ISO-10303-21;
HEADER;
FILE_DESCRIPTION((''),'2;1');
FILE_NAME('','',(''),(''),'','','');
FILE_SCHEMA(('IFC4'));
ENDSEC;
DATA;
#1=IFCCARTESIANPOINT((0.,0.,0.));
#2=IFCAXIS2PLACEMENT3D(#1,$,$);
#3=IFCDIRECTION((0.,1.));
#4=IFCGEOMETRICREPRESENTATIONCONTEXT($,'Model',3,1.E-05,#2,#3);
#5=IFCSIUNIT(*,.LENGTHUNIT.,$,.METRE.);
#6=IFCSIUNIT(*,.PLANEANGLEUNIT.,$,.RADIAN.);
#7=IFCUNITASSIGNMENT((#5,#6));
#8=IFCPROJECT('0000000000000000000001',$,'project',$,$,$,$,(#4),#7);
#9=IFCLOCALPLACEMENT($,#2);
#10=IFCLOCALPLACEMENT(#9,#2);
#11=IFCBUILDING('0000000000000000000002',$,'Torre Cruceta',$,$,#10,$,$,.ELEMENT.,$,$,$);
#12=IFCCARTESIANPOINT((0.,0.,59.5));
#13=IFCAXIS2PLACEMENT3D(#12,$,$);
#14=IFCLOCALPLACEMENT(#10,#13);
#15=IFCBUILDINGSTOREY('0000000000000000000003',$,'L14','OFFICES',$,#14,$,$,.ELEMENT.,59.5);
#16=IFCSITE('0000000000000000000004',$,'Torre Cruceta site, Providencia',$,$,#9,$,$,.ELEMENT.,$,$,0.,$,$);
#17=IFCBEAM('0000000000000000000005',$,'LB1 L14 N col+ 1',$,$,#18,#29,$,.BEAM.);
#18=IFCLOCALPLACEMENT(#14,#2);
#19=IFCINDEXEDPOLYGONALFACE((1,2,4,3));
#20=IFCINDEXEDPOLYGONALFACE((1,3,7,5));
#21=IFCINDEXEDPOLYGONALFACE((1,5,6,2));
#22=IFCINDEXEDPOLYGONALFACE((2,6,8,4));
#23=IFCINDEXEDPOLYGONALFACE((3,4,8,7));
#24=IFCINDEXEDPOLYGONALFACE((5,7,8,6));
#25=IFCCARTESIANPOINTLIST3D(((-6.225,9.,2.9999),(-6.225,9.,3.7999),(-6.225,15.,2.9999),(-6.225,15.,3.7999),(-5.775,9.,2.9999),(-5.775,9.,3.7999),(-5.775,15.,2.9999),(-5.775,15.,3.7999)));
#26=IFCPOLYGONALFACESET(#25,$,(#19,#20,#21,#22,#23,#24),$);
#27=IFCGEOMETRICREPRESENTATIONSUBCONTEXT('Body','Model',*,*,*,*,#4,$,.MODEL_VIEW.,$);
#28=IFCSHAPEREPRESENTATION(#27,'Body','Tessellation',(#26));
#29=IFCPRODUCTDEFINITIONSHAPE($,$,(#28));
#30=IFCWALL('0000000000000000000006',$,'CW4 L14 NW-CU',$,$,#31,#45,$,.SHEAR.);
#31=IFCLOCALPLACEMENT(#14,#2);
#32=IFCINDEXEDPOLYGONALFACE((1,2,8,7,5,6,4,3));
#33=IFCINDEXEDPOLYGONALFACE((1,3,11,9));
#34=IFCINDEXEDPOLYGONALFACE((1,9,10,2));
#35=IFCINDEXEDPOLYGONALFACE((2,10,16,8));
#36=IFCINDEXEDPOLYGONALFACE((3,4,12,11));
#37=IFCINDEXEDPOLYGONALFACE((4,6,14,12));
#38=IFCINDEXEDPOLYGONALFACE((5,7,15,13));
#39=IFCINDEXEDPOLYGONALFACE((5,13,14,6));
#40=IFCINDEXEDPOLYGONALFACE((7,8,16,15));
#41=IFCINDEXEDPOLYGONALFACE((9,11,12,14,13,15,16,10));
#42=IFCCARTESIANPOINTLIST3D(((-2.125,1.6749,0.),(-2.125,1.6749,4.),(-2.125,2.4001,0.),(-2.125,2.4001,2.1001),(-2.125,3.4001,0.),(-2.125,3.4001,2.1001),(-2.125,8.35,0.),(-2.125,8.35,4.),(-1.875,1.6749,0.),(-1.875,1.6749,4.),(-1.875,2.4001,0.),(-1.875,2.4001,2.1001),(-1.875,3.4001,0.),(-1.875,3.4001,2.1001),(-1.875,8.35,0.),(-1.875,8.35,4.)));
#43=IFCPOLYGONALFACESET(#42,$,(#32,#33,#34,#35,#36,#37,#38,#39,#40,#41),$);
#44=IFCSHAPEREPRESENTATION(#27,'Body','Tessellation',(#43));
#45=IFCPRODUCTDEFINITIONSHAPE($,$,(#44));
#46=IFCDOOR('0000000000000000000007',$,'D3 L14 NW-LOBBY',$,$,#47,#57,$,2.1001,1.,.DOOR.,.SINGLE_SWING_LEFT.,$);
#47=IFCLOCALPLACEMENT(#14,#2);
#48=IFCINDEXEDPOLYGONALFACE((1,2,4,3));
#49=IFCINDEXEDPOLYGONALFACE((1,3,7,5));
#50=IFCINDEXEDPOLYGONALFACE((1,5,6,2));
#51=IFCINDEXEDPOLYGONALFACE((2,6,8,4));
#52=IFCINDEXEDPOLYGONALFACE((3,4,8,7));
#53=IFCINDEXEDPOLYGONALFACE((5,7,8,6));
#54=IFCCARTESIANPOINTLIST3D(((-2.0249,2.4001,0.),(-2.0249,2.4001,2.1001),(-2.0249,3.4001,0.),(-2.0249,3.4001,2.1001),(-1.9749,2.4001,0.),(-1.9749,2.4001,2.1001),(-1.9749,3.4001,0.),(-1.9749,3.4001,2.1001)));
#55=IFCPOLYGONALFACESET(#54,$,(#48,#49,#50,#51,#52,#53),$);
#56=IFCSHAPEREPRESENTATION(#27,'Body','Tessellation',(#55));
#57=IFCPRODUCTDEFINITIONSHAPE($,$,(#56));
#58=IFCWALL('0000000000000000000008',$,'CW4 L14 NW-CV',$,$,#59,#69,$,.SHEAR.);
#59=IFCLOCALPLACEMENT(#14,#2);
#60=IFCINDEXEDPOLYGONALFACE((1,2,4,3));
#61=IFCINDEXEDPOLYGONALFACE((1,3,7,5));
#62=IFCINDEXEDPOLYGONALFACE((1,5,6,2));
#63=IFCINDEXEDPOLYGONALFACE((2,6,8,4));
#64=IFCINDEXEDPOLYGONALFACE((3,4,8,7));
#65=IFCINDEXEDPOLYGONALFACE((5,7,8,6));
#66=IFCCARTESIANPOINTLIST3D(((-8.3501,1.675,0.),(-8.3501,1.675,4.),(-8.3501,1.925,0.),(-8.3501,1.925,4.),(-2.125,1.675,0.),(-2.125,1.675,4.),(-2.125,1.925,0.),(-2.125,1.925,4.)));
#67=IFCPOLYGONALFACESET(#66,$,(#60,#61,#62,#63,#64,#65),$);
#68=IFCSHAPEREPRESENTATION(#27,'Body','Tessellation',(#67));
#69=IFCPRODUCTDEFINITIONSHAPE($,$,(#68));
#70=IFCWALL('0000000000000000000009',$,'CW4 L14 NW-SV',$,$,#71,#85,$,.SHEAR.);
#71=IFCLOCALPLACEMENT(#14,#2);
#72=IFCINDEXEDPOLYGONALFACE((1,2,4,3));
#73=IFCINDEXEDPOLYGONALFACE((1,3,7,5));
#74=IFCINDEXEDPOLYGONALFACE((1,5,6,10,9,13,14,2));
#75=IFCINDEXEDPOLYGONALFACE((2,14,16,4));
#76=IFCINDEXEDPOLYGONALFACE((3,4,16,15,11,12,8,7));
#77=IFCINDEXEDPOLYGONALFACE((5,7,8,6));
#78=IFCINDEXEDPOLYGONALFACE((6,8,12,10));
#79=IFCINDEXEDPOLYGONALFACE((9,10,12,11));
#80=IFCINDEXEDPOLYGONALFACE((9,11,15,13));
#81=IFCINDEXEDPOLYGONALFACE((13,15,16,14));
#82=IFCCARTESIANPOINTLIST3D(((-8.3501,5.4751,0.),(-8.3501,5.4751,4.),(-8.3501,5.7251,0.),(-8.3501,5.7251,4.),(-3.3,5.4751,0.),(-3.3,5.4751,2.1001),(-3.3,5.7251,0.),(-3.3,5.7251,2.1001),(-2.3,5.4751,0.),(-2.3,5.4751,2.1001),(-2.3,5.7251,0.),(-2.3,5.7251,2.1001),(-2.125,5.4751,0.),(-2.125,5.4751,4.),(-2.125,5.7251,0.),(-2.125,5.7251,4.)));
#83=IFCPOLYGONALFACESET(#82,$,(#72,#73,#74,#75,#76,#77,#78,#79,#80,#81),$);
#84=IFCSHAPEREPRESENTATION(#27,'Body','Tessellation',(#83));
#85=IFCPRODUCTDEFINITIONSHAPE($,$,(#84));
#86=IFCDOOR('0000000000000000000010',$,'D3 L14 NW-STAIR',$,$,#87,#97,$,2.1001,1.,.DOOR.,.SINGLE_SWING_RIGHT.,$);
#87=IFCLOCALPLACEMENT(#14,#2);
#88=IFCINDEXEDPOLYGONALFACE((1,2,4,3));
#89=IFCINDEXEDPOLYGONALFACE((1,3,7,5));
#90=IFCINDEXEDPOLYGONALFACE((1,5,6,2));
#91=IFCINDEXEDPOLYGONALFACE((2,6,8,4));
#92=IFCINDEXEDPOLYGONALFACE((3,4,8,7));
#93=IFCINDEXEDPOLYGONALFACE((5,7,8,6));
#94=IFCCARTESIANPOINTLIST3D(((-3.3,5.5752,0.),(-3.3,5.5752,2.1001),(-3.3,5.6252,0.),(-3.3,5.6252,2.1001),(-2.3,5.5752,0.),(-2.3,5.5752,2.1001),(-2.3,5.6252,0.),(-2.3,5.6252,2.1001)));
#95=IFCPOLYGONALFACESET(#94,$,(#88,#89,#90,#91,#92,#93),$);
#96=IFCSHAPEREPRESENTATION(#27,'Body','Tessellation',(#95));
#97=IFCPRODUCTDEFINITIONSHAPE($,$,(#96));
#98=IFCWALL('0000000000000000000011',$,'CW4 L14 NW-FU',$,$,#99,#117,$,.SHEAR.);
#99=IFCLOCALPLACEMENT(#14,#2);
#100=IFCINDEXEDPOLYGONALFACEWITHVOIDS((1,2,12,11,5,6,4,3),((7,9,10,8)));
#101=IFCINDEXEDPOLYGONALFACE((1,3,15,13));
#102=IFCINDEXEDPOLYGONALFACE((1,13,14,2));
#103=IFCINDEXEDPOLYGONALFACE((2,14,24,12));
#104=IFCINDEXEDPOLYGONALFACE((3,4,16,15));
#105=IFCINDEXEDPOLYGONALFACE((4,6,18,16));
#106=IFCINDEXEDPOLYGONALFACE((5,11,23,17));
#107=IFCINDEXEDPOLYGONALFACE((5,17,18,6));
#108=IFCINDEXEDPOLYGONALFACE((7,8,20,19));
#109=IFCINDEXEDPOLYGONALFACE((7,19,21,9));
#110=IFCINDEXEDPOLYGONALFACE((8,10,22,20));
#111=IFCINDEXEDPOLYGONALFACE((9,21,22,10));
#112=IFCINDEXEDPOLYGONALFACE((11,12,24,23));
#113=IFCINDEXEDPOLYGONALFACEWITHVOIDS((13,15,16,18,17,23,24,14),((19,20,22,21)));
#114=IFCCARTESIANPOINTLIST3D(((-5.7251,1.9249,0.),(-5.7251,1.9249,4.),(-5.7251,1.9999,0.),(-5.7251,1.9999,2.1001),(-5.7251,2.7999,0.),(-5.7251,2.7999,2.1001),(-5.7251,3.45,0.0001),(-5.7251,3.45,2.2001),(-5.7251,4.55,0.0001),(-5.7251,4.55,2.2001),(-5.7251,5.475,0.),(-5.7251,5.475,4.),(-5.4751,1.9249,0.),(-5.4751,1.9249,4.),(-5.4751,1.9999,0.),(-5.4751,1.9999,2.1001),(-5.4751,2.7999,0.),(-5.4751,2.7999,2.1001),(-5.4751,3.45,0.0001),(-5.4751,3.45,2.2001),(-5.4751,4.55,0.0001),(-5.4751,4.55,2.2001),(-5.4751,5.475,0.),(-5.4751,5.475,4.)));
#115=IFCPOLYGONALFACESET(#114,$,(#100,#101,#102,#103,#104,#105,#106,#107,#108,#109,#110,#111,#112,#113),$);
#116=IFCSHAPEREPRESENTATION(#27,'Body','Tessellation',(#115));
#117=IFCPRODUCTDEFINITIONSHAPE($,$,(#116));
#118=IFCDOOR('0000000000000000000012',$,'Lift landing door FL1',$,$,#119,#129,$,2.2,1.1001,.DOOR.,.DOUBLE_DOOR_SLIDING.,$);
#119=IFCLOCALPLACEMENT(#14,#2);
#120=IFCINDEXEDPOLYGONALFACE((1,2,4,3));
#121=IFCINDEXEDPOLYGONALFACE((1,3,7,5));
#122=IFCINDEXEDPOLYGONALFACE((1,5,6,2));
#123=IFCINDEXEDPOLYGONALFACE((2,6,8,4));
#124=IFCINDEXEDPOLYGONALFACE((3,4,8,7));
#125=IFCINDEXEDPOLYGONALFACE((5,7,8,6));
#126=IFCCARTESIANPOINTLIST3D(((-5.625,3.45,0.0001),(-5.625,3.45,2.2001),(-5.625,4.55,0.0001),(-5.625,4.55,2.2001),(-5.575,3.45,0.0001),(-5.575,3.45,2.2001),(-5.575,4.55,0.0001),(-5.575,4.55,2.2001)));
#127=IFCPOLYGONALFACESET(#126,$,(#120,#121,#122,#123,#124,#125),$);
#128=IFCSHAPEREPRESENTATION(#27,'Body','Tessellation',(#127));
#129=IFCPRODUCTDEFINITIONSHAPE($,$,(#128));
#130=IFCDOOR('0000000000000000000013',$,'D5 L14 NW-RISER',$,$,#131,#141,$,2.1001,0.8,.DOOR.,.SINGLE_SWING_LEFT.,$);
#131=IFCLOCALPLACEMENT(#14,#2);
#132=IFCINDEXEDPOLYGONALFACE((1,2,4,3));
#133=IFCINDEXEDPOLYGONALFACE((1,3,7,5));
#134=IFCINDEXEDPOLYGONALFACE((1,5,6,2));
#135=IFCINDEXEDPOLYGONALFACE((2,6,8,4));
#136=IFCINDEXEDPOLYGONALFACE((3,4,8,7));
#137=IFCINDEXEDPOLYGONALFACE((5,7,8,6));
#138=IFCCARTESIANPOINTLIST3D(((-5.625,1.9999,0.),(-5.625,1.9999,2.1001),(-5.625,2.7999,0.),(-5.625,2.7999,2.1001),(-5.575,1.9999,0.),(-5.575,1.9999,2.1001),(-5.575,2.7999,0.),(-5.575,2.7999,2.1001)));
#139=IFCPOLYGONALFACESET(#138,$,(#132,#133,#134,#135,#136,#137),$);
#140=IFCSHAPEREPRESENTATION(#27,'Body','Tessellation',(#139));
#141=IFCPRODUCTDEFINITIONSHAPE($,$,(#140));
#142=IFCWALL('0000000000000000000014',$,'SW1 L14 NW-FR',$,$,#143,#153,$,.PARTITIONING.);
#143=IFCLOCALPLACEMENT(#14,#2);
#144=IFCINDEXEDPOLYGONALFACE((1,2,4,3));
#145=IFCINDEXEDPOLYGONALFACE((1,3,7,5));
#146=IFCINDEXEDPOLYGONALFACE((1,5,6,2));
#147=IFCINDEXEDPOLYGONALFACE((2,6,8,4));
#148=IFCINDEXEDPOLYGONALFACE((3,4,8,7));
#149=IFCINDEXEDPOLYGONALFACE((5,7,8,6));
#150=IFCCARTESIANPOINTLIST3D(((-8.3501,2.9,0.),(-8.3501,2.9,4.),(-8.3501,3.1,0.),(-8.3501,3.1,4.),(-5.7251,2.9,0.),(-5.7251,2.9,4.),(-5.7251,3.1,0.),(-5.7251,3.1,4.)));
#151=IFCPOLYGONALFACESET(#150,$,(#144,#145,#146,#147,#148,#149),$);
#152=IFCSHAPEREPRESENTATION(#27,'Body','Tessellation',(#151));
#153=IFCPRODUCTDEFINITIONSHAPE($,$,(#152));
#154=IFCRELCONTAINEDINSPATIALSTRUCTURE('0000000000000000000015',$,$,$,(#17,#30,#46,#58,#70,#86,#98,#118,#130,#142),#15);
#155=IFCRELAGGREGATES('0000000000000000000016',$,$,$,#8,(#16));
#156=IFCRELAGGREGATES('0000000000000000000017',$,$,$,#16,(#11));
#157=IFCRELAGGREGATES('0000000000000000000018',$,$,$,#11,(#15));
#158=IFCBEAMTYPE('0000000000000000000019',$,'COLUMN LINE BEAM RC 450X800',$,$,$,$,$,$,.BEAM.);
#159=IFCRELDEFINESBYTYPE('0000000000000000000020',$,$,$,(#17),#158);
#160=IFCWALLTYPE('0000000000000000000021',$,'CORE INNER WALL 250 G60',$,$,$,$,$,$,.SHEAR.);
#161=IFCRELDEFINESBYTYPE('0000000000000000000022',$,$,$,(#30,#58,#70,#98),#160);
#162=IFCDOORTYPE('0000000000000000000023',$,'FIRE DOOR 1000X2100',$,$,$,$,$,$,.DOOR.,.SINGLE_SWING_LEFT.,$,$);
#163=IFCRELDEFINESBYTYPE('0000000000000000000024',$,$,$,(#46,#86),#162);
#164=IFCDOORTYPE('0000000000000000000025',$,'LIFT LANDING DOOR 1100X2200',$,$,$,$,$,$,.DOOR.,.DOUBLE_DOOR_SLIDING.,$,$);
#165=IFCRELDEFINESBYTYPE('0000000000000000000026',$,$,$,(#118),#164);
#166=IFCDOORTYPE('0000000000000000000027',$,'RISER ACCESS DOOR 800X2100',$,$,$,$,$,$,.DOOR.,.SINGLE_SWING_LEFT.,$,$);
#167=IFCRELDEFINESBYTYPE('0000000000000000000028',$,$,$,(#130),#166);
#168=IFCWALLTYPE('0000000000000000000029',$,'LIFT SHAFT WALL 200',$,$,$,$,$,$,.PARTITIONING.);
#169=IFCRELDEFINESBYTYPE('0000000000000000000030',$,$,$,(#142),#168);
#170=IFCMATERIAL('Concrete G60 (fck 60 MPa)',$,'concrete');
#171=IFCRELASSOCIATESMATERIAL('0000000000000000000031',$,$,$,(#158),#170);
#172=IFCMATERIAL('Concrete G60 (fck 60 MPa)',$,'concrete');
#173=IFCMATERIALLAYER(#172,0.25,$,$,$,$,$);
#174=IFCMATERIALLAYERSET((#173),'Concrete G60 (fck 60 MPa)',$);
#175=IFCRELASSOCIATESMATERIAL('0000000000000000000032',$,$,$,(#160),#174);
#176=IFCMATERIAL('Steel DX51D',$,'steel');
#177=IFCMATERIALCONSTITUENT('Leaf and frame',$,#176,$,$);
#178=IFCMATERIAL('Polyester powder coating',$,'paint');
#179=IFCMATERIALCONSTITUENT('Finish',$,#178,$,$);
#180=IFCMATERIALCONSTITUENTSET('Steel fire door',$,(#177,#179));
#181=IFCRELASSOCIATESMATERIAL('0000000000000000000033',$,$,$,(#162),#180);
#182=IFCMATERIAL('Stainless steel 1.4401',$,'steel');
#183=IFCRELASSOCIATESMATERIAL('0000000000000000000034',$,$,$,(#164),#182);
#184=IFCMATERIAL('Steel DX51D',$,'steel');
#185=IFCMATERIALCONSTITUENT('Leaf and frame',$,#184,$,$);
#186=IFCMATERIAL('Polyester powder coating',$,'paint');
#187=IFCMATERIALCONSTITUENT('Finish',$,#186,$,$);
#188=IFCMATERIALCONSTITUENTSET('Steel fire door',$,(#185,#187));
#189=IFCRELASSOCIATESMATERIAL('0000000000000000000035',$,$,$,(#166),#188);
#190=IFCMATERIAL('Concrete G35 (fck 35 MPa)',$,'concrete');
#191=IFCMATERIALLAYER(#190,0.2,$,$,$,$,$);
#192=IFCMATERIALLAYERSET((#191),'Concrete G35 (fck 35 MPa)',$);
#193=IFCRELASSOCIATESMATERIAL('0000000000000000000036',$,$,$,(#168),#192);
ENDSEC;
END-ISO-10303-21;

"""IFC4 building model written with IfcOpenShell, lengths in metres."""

from ifc_helpers import new_model, si_unit, direction, frame, frame_2d, origin, origin_2d, place, context, subcontext, project, spatial, rectangle, extrude, material, layer, layer_set, constituent, constituent_set, material_profile, profile_set, type_object, element, fill, save


model = new_model("IFC4")

# Units and contexts
model_context = context("Model", 3, precision=1e-05, world=origin(), true_north=direction((0.0, 1.0)))
body_context = subcontext(model_context, "Body", "Model", "MODEL_VIEW")
ifc_project = project(units=[si_unit("LENGTHUNIT", "METRE"), si_unit("PLANEANGLEUNIT", "RADIAN")], contexts=[model_context])

# Site, building, storey
site_placement = place(None, origin())
site = spatial("IfcSite", under=ifc_project, at=site_placement, Name="Torre Cruceta site, Providencia", CompositionType="ELEMENT", RefElevation=0.0)
building_placement = place(site_placement, origin())
building = spatial("IfcBuilding", under=site, at=building_placement, Name="Torre Cruceta", CompositionType="ELEMENT")
storey_placement = place(building_placement, frame((0.0, 0.0, 59.5)))
storey = spatial("IfcBuildingStorey", under=building, at=storey_placement, Name="L14", Description="OFFICES", CompositionType="ELEMENT", Elevation=59.5)

# Beam
ifc_material_1 = material(Name="Concrete G60 (fck 60 MPa)", Category="concrete")
ifc_material_profile = material_profile(ifc_material_1, rectangle(XDim=0.45, YDim=0.8, at=origin_2d()), Name="RC 450X800")
ifc_profile_set = profile_set([ifc_material_profile], Name="Concrete G60 (fck 60 MPa)")
beam_type = type_object("IfcBeamType", Name="COLUMN LINE BEAM RC 450X800", PredefinedType="BEAM", material=ifc_profile_set)
beam_placement = place(storey_placement, frame((-6.0, 9.0, 3.3999), z_axis=(0.0, 1.0, 0.0), x_axis=(-1.0, 0.0, 0.0)))
element("IfcBeam", 1, at=beam_placement, inside=storey, type_object=beam_type, Name="LB1 L14 N col+ 1", PredefinedType="BEAM", context=body_context, shape_type="SweptSolid", body=[
    extrude(rectangle(XDim=0.45, YDim=0.8, at=origin_2d()), origin(), (0.0, 0.0, 1.0), 6.0),
])

# Wall, opening, door
ifc_material_2 = material(Name="Concrete G60 (fck 60 MPa)", Category="concrete")
ifc_layer_1 = layer(ifc_material_2, 0.25)
ifc_layer_set_1 = layer_set([ifc_layer_1], Name="Concrete G60 (fck 60 MPa)")
wall_type_1 = type_object("IfcWallType", Name="CORE INNER WALL 250 G60", PredefinedType="SHEAR", material=ifc_layer_set_1)
wall_1_placement = place(storey_placement, frame((-2.0, 1.675, 0.0), z_axis=(0.0, 0.0, 1.0), x_axis=(0.0, 1.0, 0.0)))
wall_1 = element("IfcWall", 2, at=wall_1_placement, inside=storey, type_object=wall_type_1, Name="CW4 L14 NW-CU", PredefinedType="SHEAR", context=body_context, shape_type="SweptSolid", body=[
    extrude(rectangle(XDim=6.675, YDim=0.25, at=frame_2d((3.3374, 0.0))), origin(), (0.0, 0.0, 1.0), 4.0),
])
opening_1_placement = place(wall_1_placement, frame((0.7251, 0.0, 0.0)))
opening_1 = element("IfcOpeningElement", 3, at=opening_1_placement, cuts=wall_1, PredefinedType="OPENING", context=body_context, shape_type="SweptSolid", body=[
    extrude(rectangle(XDim=1.0, YDim=2.1001, at=frame_2d((0.5, 1.05))), frame((0.0, 0.135, 0.0), z_axis=(0.0, -1.0, 0.0), x_axis=(1.0, 0.0, 0.0)), (0.0, 0.0, 1.0), 0.27),
])
ifc_material_3 = material(Name="Steel DX51D", Category="steel")
ifc_constituent_1 = constituent(ifc_material_3, Name="Leaf and frame")
ifc_material_4 = material(Name="Polyester powder coating", Category="paint")
ifc_constituent_2 = constituent(ifc_material_4, Name="Finish")
ifc_constituent_set_1 = constituent_set(constituents=[ifc_constituent_1, ifc_constituent_2], Name="Steel fire door")
door_type_1 = type_object("IfcDoorType", Name="FIRE DOOR 1000X2100", OperationType="SINGLE_SWING_LEFT", PredefinedType="DOOR", material=ifc_constituent_set_1)
door_1_placement = place(opening_1_placement, origin())
door_1 = element("IfcDoor", 4, at=door_1_placement, inside=storey, type_object=door_type_1, Name="D3 L14 NW-LOBBY", OperationType="SINGLE_SWING_LEFT", OverallHeight=2.1001, OverallWidth=1.0, PredefinedType="DOOR", context=body_context, shape_type="SweptSolid", body=[
    extrude(rectangle(XDim=1.0, YDim=2.1001, at=frame_2d((0.5, 1.05))), frame((0.0, 0.0249, 0.0), z_axis=(0.0, -1.0, 0.0), x_axis=(1.0, 0.0, 0.0)), (0.0, 0.0, 1.0), 0.05),
])
fill(opening_1, door_1)

# Wall
wall_2_placement = place(storey_placement, frame((-2.125, 1.8, 0.0), z_axis=(0.0, 0.0, 1.0), x_axis=(-1.0, 0.0, 0.0)))
element("IfcWall", 5, at=wall_2_placement, inside=storey, type_object=wall_type_1, Name="CW4 L14 NW-CV", PredefinedType="SHEAR", context=body_context, shape_type="SweptSolid", body=[
    extrude(rectangle(XDim=6.2251, YDim=0.25, at=frame_2d((3.1125, 0.0))), origin(), (0.0, 0.0, 1.0), 4.0),
])

# Wall, opening, door
wall_3_placement = place(storey_placement, frame((-2.125, 5.6001, 0.0), z_axis=(0.0, 0.0, 1.0), x_axis=(-1.0, 0.0, 0.0)))
wall_3 = element("IfcWall", 6, at=wall_3_placement, inside=storey, type_object=wall_type_1, Name="CW4 L14 NW-SV", PredefinedType="SHEAR", context=body_context, shape_type="SweptSolid", body=[
    extrude(rectangle(XDim=6.2251, YDim=0.25, at=frame_2d((3.1125, 0.0))), origin(), (0.0, 0.0, 1.0), 4.0),
])
opening_2_placement = place(wall_3_placement, frame((0.175, 0.0, 0.0)))
opening_2 = element("IfcOpeningElement", 7, at=opening_2_placement, cuts=wall_3, PredefinedType="OPENING", context=body_context, shape_type="SweptSolid", body=[
    extrude(rectangle(XDim=1.0, YDim=2.1001, at=frame_2d((0.5, 1.05))), frame((0.0, 0.135, 0.0), z_axis=(0.0, -1.0, 0.0), x_axis=(1.0, 0.0, 0.0)), (0.0, 0.0, 1.0), 0.27),
])
door_2_placement = place(opening_2_placement, frame((1.0, 0.0, 0.0), z_axis=(0.0, 0.0, 1.0), x_axis=(-1.0, 0.0, 0.0)))
door_2 = element("IfcDoor", 8, at=door_2_placement, inside=storey, type_object=door_type_1, Name="D3 L14 NW-STAIR", OperationType="SINGLE_SWING_RIGHT", OverallHeight=2.1001, OverallWidth=1.0, PredefinedType="DOOR", context=body_context, shape_type="SweptSolid", body=[
    extrude(rectangle(XDim=1.0, YDim=2.1001, at=frame_2d((0.5, 1.05))), frame((0.0, 0.0251, 0.0), z_axis=(0.0, -1.0, 0.0), x_axis=(1.0, 0.0, 0.0)), (0.0, 0.0, 1.0), 0.05),
])
fill(opening_2, door_2)

# Wall, openings, doors
wall_4_placement = place(storey_placement, frame((-5.6001, 1.925, 0.0), z_axis=(0.0, 0.0, 1.0), x_axis=(0.0, 1.0, 0.0)))
wall_4 = element("IfcWall", 9, at=wall_4_placement, inside=storey, type_object=wall_type_1, Name="CW4 L14 NW-FU", PredefinedType="SHEAR", context=body_context, shape_type="SweptSolid", body=[
    extrude(rectangle(XDim=3.55, YDim=0.25, at=frame_2d((1.7749, 0.0))), origin(), (0.0, 0.0, 1.0), 4.0),
])
opening_3_placement = place(wall_4_placement, frame((1.5249, 0.0, 0.0)))
opening_3 = element("IfcOpeningElement", 10, at=opening_3_placement, cuts=wall_4, PredefinedType="OPENING", context=body_context, shape_type="SweptSolid", body=[
    extrude(rectangle(XDim=1.1001, YDim=2.2, at=frame_2d((0.55, 1.1001))), frame((0.0, 0.135, 0.0), z_axis=(0.0, -1.0, 0.0), x_axis=(1.0, 0.0, 0.0)), (0.0, 0.0, 1.0), 0.27),
])
opening_4_placement = place(wall_4_placement, frame((0.075, 0.0, 0.0)))
opening_4 = element("IfcOpeningElement", 11, at=opening_4_placement, cuts=wall_4, PredefinedType="OPENING", context=body_context, shape_type="SweptSolid", body=[
    extrude(rectangle(XDim=0.8, YDim=2.1001, at=frame_2d((0.3999, 1.05))), frame((0.0, 0.135, 0.0), z_axis=(0.0, -1.0, 0.0), x_axis=(1.0, 0.0, 0.0)), (0.0, 0.0, 1.0), 0.27),
])
ifc_material_5 = material(Name="Stainless steel 1.4401", Category="steel")
door_type_2 = type_object("IfcDoorType", Name="LIFT LANDING DOOR 1100X2200", OperationType="DOUBLE_DOOR_SLIDING", PredefinedType="DOOR", material=ifc_material_5)
door_3_placement = place(opening_3_placement, origin())
door_3 = element("IfcDoor", 12, at=door_3_placement, inside=storey, type_object=door_type_2, Name="Lift landing door FL1", OperationType="DOUBLE_DOOR_SLIDING", OverallHeight=2.2, OverallWidth=1.1001, PredefinedType="DOOR", context=body_context, shape_type="SweptSolid", body=[
    extrude(rectangle(XDim=1.1001, YDim=2.2, at=frame_2d((0.55, 1.1001))), frame((0.0, 0.0249, 0.0), z_axis=(0.0, -1.0, 0.0), x_axis=(1.0, 0.0, 0.0)), (0.0, 0.0, 1.0), 0.05),
])
fill(opening_3, door_3)
ifc_material_6 = material(Name="Steel DX51D", Category="steel")
ifc_constituent_3 = constituent(ifc_material_6, Name="Leaf and frame")
ifc_material_7 = material(Name="Polyester powder coating", Category="paint")
ifc_constituent_4 = constituent(ifc_material_7, Name="Finish")
ifc_constituent_set_2 = constituent_set(constituents=[ifc_constituent_3, ifc_constituent_4], Name="Steel fire door")
door_type_3 = type_object("IfcDoorType", Name="RISER ACCESS DOOR 800X2100", OperationType="SINGLE_SWING_LEFT", PredefinedType="DOOR", material=ifc_constituent_set_2)
door_4_placement = place(opening_4_placement, origin())
door_4 = element("IfcDoor", 13, at=door_4_placement, inside=storey, type_object=door_type_3, Name="D5 L14 NW-RISER", OperationType="SINGLE_SWING_LEFT", OverallHeight=2.1001, OverallWidth=0.8, PredefinedType="DOOR", context=body_context, shape_type="SweptSolid", body=[
    extrude(rectangle(XDim=0.8, YDim=2.1001, at=frame_2d((0.3999, 1.05))), frame((0.0, 0.0249, 0.0), z_axis=(0.0, -1.0, 0.0), x_axis=(1.0, 0.0, 0.0)), (0.0, 0.0, 1.0), 0.05),
])
fill(opening_4, door_4)

# Wall
ifc_material_8 = material(Name="Concrete G35 (fck 35 MPa)", Category="concrete")
ifc_layer_2 = layer(ifc_material_8, 0.2)
ifc_layer_set_2 = layer_set([ifc_layer_2], Name="Concrete G35 (fck 35 MPa)")
wall_type_2 = type_object("IfcWallType", Name="LIFT SHAFT WALL 200", PredefinedType="PARTITIONING", material=ifc_layer_set_2)
wall_5_placement = place(storey_placement, frame((-5.7251, 3.0, 0.0), z_axis=(0.0, 0.0, 1.0), x_axis=(-1.0, 0.0, 0.0)))
element("IfcWall", 14, at=wall_5_placement, inside=storey, type_object=wall_type_2, Name="SW1 L14 NW-FR", PredefinedType="PARTITIONING", context=body_context, shape_type="SweptSolid", body=[
    extrude(rectangle(XDim=2.625, YDim=0.2, at=frame_2d((1.3125, 0.0))), origin(), (0.0, 0.0, 1.0), 4.0),
])

save(model, "model.ifc")
